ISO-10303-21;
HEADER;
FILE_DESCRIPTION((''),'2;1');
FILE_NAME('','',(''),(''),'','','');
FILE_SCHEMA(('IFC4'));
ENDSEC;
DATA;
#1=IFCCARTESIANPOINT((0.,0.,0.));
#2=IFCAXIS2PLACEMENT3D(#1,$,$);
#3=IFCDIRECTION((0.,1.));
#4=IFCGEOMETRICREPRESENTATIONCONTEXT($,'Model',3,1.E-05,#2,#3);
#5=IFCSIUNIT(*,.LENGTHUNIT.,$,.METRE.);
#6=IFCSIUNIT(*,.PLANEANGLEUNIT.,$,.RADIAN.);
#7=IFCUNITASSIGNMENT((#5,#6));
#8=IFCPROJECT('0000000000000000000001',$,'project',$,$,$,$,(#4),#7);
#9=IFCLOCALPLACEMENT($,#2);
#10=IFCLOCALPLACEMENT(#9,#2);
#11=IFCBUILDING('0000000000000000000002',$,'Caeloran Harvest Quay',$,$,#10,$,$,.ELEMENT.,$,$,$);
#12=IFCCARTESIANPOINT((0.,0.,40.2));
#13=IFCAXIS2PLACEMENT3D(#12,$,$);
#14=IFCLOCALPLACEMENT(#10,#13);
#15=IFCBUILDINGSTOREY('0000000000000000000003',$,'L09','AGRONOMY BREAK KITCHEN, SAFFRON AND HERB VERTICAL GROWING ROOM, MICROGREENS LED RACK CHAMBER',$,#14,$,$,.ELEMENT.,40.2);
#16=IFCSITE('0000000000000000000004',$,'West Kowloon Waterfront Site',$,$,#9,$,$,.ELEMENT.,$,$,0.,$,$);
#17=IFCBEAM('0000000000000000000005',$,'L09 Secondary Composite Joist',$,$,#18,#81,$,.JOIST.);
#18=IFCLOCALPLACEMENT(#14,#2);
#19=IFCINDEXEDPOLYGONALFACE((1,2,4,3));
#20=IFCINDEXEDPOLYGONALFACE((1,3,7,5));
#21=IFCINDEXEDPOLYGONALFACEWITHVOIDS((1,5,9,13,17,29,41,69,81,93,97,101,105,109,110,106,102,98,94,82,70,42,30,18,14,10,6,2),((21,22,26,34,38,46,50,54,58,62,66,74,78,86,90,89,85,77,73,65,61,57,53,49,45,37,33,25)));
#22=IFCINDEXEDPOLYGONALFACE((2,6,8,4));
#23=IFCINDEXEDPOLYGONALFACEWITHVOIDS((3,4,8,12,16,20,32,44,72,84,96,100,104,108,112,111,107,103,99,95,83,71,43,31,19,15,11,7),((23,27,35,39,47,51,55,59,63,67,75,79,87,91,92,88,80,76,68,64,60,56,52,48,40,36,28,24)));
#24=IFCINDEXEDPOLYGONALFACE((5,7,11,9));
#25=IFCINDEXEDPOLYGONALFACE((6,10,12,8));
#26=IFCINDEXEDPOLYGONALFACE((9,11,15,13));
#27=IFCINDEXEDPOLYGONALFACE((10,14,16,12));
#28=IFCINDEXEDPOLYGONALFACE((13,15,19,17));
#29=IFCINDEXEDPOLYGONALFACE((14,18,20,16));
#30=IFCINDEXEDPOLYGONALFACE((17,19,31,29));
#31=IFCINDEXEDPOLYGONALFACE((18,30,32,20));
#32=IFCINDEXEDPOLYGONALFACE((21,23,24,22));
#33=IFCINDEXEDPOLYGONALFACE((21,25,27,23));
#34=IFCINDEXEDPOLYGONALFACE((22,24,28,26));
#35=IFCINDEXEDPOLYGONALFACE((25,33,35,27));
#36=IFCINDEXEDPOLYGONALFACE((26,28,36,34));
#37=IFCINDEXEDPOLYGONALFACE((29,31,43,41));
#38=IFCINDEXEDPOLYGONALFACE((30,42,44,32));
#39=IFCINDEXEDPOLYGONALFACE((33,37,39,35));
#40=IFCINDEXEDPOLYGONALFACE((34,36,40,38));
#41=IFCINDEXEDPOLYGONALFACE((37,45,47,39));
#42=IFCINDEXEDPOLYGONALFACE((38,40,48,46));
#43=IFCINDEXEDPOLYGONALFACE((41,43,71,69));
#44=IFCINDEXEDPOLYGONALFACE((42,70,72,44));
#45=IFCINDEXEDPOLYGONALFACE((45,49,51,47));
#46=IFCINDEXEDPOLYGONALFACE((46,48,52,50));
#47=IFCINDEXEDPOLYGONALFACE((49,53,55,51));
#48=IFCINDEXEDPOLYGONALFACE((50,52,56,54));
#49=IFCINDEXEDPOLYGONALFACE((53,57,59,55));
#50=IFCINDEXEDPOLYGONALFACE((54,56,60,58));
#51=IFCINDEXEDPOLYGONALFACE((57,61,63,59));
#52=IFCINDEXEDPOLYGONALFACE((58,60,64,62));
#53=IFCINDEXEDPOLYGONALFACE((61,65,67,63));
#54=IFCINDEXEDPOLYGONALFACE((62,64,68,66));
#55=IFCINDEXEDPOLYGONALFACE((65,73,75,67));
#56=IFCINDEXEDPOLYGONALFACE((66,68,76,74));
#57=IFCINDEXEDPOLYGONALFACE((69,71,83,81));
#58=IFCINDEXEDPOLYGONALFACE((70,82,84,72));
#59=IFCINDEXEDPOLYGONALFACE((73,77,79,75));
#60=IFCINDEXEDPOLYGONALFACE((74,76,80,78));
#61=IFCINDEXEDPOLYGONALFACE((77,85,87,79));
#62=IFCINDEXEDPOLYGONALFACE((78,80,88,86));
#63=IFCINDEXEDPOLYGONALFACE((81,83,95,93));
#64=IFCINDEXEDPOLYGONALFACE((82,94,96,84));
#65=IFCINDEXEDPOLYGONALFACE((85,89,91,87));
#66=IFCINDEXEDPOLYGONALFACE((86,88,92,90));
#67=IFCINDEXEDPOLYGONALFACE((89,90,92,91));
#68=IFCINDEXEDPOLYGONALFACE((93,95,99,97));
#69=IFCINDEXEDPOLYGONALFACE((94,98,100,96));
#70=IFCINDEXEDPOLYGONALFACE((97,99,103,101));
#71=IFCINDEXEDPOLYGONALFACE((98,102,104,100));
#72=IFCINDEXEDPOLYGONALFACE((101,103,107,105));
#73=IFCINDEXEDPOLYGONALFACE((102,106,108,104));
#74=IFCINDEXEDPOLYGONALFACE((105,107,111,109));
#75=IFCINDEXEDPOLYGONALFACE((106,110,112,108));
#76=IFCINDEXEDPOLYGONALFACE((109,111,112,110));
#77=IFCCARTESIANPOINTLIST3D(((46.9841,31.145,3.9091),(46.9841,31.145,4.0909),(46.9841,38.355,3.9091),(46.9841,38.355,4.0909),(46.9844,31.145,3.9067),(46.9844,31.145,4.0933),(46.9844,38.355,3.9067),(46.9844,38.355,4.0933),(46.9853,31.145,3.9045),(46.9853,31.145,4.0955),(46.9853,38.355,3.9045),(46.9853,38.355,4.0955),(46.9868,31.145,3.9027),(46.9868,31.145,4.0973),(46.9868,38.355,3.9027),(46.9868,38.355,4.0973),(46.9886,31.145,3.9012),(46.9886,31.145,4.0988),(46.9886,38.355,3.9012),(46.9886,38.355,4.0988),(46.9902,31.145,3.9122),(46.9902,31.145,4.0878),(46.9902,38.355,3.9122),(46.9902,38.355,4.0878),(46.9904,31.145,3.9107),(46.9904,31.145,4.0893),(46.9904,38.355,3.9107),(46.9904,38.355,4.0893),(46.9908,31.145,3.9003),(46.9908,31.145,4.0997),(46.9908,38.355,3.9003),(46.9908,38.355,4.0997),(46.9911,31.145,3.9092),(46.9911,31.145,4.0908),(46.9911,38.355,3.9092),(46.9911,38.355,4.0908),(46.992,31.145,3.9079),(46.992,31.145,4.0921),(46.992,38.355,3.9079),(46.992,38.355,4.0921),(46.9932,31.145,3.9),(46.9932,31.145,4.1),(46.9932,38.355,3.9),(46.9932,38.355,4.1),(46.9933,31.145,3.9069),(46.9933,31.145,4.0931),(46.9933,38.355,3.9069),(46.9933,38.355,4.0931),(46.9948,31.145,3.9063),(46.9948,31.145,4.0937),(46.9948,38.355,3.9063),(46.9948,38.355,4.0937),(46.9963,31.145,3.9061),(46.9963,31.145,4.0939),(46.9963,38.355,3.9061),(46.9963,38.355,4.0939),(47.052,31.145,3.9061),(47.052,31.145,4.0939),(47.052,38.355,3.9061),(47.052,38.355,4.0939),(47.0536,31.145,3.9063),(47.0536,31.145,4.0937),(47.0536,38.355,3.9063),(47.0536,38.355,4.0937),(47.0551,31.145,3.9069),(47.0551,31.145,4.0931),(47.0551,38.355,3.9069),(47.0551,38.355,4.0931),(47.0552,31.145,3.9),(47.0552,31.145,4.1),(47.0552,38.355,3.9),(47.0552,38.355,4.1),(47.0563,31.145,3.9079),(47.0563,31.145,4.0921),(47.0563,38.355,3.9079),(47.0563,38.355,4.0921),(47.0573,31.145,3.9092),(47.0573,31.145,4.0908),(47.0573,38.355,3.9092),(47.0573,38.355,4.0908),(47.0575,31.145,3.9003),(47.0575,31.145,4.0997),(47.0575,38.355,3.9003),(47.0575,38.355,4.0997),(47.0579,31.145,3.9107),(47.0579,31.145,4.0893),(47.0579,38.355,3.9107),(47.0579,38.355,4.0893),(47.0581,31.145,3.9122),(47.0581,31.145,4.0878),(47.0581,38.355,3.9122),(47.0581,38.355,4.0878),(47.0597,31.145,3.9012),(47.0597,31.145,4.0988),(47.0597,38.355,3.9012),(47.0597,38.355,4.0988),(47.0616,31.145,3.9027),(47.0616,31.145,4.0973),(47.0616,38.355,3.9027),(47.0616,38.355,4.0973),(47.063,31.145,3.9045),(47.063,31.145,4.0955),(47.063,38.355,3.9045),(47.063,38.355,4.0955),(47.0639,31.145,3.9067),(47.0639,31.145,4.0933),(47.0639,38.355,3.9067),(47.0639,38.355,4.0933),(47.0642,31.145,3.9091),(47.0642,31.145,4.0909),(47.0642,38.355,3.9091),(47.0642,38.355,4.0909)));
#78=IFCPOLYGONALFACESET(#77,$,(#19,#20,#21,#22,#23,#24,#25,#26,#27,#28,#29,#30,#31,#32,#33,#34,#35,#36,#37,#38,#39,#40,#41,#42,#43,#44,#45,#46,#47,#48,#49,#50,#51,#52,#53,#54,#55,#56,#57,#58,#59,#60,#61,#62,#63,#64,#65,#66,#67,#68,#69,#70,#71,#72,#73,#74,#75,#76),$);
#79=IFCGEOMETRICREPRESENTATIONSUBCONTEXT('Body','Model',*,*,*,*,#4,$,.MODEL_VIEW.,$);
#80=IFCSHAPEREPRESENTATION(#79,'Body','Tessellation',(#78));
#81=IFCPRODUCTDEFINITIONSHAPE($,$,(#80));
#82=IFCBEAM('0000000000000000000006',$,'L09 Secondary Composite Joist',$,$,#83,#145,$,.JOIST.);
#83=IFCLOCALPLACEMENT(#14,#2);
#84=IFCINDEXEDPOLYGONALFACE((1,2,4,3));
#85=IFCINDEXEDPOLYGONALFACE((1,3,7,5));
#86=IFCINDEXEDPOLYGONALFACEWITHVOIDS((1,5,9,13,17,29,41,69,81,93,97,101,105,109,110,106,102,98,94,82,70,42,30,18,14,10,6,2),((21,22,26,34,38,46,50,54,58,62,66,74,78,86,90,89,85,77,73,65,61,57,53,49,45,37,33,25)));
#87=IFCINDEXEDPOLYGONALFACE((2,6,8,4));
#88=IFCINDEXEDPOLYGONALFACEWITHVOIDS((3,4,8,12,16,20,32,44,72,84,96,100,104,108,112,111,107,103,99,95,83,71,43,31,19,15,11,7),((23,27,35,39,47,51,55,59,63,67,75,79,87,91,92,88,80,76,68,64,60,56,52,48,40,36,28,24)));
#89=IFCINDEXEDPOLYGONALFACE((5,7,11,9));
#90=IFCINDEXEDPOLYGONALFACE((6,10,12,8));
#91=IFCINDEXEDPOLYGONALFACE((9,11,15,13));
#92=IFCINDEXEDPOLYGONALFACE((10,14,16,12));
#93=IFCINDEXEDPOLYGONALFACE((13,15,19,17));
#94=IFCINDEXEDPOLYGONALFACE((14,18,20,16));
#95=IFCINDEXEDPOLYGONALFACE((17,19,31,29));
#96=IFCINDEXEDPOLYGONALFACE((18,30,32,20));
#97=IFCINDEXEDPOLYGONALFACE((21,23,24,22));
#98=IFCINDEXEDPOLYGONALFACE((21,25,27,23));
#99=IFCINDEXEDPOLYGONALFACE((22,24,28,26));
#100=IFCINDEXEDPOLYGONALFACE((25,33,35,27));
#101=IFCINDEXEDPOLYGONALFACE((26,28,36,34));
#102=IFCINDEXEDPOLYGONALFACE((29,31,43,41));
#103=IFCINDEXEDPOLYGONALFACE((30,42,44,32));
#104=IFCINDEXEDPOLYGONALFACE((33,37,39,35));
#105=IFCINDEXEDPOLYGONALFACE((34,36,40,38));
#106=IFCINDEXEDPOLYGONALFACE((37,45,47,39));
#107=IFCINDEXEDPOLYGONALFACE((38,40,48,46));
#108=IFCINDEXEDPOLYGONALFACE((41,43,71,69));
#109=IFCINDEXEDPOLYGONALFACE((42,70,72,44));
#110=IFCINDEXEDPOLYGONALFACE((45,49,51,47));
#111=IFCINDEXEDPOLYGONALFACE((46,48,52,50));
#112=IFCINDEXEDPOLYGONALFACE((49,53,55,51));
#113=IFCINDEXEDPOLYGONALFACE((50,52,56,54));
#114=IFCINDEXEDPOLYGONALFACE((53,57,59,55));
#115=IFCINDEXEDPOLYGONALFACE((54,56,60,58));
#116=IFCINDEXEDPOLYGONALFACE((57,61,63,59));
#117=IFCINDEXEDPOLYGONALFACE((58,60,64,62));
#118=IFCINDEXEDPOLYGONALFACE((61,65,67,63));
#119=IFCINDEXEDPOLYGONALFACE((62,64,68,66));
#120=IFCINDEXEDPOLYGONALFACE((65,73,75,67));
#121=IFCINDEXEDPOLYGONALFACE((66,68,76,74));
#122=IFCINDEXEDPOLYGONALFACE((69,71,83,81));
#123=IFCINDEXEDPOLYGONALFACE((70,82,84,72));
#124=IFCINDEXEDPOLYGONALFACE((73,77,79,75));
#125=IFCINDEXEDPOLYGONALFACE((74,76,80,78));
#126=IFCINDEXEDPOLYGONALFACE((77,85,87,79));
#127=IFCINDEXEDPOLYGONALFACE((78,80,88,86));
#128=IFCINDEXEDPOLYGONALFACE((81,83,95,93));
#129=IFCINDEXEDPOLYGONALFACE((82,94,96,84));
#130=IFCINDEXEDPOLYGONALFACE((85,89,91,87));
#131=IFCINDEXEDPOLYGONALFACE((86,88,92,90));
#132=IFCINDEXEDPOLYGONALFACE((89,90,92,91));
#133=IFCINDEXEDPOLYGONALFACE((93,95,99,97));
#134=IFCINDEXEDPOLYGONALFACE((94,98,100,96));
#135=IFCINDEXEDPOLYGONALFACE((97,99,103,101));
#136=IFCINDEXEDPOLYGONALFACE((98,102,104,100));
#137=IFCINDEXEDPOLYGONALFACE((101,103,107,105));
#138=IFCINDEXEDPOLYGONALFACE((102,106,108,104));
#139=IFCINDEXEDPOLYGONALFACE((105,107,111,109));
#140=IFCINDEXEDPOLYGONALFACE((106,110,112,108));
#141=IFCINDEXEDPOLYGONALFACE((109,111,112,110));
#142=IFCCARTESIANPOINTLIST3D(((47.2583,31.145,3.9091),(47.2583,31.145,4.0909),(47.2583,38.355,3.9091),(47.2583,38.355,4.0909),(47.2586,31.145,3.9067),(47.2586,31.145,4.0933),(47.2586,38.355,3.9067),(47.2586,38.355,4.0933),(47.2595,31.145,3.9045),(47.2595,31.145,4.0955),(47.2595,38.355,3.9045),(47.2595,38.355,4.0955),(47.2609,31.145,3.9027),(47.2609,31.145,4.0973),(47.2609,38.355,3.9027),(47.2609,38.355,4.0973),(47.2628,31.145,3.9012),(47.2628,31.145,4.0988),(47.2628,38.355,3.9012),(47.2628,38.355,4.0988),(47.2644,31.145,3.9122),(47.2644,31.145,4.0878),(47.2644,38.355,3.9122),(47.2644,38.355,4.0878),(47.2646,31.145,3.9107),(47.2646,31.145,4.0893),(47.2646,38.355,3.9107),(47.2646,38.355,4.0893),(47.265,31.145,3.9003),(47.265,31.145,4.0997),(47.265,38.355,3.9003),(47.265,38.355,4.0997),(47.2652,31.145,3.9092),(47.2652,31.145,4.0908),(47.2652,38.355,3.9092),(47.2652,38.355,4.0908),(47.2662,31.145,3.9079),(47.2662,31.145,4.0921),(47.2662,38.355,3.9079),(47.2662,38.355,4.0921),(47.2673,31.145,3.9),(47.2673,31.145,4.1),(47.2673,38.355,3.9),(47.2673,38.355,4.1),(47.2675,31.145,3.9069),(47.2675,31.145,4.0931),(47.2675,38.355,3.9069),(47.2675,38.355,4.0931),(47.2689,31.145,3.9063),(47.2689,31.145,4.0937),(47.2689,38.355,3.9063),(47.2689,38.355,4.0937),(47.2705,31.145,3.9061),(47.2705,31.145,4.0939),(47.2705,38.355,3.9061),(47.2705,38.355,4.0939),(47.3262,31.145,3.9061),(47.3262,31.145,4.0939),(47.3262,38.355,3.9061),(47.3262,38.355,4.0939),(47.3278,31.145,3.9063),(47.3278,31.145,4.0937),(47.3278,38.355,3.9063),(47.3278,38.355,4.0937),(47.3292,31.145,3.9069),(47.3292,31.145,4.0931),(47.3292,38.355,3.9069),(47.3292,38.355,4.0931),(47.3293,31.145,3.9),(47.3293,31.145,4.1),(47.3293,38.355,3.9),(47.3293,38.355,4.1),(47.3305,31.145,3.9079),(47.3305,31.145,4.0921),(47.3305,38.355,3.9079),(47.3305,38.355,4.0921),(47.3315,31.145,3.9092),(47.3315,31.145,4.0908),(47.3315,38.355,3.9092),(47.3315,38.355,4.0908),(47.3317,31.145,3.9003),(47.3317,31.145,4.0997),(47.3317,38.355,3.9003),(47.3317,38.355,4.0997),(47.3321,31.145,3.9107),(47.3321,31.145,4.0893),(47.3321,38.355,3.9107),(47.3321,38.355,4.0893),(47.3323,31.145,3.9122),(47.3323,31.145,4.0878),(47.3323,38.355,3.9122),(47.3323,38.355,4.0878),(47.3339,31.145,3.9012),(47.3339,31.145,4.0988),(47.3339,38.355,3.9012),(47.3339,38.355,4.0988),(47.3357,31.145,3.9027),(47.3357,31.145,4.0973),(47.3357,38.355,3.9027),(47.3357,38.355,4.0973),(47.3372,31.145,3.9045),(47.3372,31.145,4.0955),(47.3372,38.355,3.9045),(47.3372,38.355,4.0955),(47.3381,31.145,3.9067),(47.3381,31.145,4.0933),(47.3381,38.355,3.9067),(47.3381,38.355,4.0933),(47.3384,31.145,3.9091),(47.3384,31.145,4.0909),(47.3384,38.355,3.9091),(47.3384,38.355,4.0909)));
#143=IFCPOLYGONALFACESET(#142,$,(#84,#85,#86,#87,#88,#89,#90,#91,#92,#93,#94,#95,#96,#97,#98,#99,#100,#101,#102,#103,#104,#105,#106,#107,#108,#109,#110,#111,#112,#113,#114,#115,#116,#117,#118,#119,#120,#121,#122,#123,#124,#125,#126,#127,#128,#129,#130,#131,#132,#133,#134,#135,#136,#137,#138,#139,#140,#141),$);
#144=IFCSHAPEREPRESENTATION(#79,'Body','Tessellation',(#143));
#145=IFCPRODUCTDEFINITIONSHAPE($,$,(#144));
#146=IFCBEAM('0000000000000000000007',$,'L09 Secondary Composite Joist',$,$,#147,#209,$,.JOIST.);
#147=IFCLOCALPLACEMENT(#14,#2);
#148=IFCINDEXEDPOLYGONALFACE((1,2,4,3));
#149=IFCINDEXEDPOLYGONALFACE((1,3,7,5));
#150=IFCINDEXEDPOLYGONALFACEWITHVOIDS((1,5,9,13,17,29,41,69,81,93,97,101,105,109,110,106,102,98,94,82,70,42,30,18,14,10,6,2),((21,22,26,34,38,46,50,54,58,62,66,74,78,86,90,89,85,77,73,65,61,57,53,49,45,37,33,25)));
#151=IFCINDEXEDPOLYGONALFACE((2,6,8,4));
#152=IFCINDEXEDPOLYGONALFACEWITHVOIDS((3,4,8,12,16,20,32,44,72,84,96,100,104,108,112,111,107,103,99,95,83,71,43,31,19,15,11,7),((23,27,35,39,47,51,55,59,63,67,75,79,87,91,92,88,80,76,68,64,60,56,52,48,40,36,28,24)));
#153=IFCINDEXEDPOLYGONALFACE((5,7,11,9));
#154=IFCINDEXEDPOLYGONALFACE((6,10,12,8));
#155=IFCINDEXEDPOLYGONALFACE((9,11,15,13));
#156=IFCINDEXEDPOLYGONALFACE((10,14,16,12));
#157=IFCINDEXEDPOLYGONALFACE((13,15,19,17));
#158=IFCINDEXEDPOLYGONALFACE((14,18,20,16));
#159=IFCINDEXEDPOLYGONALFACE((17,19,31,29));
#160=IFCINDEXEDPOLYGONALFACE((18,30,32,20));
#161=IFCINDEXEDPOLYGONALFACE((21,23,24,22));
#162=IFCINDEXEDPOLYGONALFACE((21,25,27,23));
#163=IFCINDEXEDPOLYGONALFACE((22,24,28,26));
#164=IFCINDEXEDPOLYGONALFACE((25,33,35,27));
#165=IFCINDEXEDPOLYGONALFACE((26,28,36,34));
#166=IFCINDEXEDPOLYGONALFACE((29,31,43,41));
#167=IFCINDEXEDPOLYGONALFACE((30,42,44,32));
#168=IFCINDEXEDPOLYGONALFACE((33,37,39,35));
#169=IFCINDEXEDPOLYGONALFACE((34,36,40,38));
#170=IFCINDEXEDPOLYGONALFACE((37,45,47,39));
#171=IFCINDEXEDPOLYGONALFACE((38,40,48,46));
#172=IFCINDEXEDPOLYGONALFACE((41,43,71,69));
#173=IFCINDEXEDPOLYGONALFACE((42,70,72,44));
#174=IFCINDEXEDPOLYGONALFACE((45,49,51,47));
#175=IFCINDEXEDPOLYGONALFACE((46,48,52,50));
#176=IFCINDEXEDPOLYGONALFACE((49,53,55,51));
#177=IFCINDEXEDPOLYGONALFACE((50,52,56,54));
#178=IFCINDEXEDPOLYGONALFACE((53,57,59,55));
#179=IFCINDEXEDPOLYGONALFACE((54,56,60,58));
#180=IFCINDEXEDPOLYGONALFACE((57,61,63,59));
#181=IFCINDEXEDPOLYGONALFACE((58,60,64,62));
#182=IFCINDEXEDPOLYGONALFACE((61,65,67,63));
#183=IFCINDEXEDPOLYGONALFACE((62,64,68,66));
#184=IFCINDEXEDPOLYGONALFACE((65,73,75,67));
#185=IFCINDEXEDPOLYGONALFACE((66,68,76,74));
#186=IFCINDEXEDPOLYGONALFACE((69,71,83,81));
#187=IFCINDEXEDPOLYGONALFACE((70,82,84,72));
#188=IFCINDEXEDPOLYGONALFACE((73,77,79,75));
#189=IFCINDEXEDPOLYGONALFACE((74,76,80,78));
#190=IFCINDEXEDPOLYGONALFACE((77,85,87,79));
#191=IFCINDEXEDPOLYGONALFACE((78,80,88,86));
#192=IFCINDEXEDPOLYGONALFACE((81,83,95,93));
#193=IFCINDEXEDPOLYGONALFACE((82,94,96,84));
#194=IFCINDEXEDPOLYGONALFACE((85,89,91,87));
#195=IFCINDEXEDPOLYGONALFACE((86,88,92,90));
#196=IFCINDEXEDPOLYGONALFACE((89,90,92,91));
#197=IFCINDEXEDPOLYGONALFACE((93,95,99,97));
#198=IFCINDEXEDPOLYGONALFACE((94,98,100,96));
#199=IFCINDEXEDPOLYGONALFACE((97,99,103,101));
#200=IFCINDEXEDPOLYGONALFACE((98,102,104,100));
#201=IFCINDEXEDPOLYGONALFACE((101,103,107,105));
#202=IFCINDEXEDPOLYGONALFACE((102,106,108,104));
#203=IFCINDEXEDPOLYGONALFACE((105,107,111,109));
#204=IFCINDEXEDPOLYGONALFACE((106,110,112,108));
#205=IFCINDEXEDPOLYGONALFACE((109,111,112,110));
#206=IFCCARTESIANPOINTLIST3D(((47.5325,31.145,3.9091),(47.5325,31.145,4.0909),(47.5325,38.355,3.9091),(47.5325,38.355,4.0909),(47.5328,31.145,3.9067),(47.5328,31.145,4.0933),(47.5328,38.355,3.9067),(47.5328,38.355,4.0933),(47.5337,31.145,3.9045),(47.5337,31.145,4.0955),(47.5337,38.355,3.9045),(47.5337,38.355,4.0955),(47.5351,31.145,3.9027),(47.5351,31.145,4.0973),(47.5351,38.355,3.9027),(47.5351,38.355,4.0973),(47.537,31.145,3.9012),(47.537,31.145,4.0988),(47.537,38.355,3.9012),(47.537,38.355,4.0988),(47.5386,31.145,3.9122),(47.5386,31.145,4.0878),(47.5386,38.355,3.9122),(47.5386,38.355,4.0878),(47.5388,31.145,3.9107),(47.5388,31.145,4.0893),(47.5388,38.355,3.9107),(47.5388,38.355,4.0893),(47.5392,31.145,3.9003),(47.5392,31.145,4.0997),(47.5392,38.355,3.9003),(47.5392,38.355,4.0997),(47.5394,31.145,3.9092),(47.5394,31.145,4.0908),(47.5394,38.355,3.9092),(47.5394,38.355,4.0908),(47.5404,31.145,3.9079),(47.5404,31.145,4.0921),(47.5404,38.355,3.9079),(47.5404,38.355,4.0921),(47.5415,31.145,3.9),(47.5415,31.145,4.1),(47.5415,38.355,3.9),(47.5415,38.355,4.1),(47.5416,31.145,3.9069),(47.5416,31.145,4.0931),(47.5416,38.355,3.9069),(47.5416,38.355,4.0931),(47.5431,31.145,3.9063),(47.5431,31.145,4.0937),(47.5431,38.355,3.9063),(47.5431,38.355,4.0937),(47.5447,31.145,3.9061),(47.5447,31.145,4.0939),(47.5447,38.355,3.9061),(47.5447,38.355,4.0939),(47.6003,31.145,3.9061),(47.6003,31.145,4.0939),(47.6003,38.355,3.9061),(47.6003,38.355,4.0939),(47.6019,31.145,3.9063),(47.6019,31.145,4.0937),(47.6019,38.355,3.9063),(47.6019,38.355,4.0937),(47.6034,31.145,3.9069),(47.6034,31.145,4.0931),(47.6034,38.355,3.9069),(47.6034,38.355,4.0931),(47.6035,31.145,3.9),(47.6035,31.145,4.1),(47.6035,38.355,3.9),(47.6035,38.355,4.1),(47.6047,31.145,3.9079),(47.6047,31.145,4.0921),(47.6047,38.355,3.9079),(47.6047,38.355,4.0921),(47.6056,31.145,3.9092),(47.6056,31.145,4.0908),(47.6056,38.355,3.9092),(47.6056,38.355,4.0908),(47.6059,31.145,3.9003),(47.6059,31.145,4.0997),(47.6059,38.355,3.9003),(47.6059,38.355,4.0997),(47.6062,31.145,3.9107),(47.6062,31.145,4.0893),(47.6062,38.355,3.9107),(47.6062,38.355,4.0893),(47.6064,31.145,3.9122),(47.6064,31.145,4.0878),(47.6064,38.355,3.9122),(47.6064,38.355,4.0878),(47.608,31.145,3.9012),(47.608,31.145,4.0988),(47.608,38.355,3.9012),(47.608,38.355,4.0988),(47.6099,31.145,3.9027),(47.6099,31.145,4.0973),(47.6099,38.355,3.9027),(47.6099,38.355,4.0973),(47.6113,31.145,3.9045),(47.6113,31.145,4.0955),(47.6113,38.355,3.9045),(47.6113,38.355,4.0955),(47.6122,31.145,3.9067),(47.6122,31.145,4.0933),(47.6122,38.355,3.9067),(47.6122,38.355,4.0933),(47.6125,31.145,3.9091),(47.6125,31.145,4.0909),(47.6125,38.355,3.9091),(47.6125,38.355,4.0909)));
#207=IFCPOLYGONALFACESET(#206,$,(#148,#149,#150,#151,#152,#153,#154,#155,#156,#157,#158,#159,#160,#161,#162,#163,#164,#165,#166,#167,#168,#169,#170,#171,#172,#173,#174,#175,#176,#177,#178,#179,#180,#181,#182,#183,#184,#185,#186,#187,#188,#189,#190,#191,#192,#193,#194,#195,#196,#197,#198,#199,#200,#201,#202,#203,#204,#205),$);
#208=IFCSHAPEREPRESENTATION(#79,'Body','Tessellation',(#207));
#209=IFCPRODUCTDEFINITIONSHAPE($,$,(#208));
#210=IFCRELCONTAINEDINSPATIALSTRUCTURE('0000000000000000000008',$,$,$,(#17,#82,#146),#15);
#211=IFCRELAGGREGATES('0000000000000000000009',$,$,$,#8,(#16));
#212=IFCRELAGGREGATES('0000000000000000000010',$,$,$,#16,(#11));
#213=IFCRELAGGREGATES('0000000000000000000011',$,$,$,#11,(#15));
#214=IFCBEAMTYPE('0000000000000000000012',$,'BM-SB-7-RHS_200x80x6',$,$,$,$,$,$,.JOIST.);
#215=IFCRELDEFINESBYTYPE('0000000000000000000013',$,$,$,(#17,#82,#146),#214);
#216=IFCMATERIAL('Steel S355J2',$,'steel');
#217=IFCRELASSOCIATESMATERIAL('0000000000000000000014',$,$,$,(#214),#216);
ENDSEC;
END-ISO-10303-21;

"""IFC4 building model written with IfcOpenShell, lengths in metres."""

from ifc_helpers import new_model, si_unit, direction, frame, origin, origin_2d, place, context, subcontext, project, spatial, hollow_rectangle, extrude, material, material_profile, profile_set, type_object, element, save


model = new_model("IFC4")

# Units and contexts
model_context = context("Model", 3, precision=1e-05, world=origin(), true_north=direction((0.0, 1.0)))
body_context = subcontext(model_context, "Body", "Model", "MODEL_VIEW")
ifc_project = project(units=[si_unit("LENGTHUNIT", "METRE"), si_unit("PLANEANGLEUNIT", "RADIAN")], contexts=[model_context])

# Site, building, storey
site_placement = place(None, origin())
site = spatial("IfcSite", under=ifc_project, at=site_placement, Name="West Kowloon Waterfront Site", CompositionType="ELEMENT", RefElevation=0.0)
building_placement = place(site_placement, origin())
building = spatial("IfcBuilding", under=site, at=building_placement, Name="Caeloran Harvest Quay", CompositionType="ELEMENT")
storey_placement = place(building_placement, frame((0.0, 0.0, 40.2)))
storey = spatial("IfcBuildingStorey", under=building, at=storey_placement, Name="L09", Description="AGRONOMY BREAK KITCHEN, SAFFRON AND HERB VERTICAL GROWING ROOM, MICROGREENS LED RACK CHAMBER", CompositionType="ELEMENT", Elevation=40.2)

# Beams
ifc_material_1 = material(Name="Steel S355J2", Category="steel")
ifc_material_profile_1 = material_profile(ifc_material_1, hollow_rectangle(XDim=0.0801, YDim=0.2, WallThickness=0.0061, InnerFilletRadius=0.0061, OuterFilletRadius=0.009, at=origin_2d()), Name="RHS 200x80x6")
ifc_profile_set_1 = profile_set([ifc_material_profile_1], Name="Steel S355J2")
beam_type_1 = type_object("IfcBeamType", Name="BM-SB-7-RHS_200x80x6", PredefinedType="JOIST", material=ifc_profile_set_1)
for number, where, z_axis, x_axis, name in (
    (1, (47.0242, 31.145, 4.0), (0.0, 1.0, 0.0), (-1.0, 0.0, 0.0), "L09 Secondary Composite Joist"),
    (2, (47.2983, 31.145, 4.0), (0.0, 1.0, 0.0), (-1.0, 0.0, 0.0), "L09 Secondary Composite Joist"),
    (3, (47.5725, 31.145, 4.0), (0.0, 1.0, 0.0), (-1.0, 0.0, 0.0), "L09 Secondary Composite Joist"),
):
    element("IfcBeam", number, at=place(storey_placement, frame(where, z_axis=z_axis, x_axis=x_axis)), inside=storey, type_object=beam_type_1, Name=name, PredefinedType="JOIST", context=body_context, shape_type="SweptSolid", body=[
        extrude(hollow_rectangle(XDim=0.0801, YDim=0.2, WallThickness=0.0061, InnerFilletRadius=0.0061, OuterFilletRadius=0.009, at=origin_2d()), origin(), (0.0, 0.0, 1.0), 7.21),
    ])

save(model, "model.ifc")
